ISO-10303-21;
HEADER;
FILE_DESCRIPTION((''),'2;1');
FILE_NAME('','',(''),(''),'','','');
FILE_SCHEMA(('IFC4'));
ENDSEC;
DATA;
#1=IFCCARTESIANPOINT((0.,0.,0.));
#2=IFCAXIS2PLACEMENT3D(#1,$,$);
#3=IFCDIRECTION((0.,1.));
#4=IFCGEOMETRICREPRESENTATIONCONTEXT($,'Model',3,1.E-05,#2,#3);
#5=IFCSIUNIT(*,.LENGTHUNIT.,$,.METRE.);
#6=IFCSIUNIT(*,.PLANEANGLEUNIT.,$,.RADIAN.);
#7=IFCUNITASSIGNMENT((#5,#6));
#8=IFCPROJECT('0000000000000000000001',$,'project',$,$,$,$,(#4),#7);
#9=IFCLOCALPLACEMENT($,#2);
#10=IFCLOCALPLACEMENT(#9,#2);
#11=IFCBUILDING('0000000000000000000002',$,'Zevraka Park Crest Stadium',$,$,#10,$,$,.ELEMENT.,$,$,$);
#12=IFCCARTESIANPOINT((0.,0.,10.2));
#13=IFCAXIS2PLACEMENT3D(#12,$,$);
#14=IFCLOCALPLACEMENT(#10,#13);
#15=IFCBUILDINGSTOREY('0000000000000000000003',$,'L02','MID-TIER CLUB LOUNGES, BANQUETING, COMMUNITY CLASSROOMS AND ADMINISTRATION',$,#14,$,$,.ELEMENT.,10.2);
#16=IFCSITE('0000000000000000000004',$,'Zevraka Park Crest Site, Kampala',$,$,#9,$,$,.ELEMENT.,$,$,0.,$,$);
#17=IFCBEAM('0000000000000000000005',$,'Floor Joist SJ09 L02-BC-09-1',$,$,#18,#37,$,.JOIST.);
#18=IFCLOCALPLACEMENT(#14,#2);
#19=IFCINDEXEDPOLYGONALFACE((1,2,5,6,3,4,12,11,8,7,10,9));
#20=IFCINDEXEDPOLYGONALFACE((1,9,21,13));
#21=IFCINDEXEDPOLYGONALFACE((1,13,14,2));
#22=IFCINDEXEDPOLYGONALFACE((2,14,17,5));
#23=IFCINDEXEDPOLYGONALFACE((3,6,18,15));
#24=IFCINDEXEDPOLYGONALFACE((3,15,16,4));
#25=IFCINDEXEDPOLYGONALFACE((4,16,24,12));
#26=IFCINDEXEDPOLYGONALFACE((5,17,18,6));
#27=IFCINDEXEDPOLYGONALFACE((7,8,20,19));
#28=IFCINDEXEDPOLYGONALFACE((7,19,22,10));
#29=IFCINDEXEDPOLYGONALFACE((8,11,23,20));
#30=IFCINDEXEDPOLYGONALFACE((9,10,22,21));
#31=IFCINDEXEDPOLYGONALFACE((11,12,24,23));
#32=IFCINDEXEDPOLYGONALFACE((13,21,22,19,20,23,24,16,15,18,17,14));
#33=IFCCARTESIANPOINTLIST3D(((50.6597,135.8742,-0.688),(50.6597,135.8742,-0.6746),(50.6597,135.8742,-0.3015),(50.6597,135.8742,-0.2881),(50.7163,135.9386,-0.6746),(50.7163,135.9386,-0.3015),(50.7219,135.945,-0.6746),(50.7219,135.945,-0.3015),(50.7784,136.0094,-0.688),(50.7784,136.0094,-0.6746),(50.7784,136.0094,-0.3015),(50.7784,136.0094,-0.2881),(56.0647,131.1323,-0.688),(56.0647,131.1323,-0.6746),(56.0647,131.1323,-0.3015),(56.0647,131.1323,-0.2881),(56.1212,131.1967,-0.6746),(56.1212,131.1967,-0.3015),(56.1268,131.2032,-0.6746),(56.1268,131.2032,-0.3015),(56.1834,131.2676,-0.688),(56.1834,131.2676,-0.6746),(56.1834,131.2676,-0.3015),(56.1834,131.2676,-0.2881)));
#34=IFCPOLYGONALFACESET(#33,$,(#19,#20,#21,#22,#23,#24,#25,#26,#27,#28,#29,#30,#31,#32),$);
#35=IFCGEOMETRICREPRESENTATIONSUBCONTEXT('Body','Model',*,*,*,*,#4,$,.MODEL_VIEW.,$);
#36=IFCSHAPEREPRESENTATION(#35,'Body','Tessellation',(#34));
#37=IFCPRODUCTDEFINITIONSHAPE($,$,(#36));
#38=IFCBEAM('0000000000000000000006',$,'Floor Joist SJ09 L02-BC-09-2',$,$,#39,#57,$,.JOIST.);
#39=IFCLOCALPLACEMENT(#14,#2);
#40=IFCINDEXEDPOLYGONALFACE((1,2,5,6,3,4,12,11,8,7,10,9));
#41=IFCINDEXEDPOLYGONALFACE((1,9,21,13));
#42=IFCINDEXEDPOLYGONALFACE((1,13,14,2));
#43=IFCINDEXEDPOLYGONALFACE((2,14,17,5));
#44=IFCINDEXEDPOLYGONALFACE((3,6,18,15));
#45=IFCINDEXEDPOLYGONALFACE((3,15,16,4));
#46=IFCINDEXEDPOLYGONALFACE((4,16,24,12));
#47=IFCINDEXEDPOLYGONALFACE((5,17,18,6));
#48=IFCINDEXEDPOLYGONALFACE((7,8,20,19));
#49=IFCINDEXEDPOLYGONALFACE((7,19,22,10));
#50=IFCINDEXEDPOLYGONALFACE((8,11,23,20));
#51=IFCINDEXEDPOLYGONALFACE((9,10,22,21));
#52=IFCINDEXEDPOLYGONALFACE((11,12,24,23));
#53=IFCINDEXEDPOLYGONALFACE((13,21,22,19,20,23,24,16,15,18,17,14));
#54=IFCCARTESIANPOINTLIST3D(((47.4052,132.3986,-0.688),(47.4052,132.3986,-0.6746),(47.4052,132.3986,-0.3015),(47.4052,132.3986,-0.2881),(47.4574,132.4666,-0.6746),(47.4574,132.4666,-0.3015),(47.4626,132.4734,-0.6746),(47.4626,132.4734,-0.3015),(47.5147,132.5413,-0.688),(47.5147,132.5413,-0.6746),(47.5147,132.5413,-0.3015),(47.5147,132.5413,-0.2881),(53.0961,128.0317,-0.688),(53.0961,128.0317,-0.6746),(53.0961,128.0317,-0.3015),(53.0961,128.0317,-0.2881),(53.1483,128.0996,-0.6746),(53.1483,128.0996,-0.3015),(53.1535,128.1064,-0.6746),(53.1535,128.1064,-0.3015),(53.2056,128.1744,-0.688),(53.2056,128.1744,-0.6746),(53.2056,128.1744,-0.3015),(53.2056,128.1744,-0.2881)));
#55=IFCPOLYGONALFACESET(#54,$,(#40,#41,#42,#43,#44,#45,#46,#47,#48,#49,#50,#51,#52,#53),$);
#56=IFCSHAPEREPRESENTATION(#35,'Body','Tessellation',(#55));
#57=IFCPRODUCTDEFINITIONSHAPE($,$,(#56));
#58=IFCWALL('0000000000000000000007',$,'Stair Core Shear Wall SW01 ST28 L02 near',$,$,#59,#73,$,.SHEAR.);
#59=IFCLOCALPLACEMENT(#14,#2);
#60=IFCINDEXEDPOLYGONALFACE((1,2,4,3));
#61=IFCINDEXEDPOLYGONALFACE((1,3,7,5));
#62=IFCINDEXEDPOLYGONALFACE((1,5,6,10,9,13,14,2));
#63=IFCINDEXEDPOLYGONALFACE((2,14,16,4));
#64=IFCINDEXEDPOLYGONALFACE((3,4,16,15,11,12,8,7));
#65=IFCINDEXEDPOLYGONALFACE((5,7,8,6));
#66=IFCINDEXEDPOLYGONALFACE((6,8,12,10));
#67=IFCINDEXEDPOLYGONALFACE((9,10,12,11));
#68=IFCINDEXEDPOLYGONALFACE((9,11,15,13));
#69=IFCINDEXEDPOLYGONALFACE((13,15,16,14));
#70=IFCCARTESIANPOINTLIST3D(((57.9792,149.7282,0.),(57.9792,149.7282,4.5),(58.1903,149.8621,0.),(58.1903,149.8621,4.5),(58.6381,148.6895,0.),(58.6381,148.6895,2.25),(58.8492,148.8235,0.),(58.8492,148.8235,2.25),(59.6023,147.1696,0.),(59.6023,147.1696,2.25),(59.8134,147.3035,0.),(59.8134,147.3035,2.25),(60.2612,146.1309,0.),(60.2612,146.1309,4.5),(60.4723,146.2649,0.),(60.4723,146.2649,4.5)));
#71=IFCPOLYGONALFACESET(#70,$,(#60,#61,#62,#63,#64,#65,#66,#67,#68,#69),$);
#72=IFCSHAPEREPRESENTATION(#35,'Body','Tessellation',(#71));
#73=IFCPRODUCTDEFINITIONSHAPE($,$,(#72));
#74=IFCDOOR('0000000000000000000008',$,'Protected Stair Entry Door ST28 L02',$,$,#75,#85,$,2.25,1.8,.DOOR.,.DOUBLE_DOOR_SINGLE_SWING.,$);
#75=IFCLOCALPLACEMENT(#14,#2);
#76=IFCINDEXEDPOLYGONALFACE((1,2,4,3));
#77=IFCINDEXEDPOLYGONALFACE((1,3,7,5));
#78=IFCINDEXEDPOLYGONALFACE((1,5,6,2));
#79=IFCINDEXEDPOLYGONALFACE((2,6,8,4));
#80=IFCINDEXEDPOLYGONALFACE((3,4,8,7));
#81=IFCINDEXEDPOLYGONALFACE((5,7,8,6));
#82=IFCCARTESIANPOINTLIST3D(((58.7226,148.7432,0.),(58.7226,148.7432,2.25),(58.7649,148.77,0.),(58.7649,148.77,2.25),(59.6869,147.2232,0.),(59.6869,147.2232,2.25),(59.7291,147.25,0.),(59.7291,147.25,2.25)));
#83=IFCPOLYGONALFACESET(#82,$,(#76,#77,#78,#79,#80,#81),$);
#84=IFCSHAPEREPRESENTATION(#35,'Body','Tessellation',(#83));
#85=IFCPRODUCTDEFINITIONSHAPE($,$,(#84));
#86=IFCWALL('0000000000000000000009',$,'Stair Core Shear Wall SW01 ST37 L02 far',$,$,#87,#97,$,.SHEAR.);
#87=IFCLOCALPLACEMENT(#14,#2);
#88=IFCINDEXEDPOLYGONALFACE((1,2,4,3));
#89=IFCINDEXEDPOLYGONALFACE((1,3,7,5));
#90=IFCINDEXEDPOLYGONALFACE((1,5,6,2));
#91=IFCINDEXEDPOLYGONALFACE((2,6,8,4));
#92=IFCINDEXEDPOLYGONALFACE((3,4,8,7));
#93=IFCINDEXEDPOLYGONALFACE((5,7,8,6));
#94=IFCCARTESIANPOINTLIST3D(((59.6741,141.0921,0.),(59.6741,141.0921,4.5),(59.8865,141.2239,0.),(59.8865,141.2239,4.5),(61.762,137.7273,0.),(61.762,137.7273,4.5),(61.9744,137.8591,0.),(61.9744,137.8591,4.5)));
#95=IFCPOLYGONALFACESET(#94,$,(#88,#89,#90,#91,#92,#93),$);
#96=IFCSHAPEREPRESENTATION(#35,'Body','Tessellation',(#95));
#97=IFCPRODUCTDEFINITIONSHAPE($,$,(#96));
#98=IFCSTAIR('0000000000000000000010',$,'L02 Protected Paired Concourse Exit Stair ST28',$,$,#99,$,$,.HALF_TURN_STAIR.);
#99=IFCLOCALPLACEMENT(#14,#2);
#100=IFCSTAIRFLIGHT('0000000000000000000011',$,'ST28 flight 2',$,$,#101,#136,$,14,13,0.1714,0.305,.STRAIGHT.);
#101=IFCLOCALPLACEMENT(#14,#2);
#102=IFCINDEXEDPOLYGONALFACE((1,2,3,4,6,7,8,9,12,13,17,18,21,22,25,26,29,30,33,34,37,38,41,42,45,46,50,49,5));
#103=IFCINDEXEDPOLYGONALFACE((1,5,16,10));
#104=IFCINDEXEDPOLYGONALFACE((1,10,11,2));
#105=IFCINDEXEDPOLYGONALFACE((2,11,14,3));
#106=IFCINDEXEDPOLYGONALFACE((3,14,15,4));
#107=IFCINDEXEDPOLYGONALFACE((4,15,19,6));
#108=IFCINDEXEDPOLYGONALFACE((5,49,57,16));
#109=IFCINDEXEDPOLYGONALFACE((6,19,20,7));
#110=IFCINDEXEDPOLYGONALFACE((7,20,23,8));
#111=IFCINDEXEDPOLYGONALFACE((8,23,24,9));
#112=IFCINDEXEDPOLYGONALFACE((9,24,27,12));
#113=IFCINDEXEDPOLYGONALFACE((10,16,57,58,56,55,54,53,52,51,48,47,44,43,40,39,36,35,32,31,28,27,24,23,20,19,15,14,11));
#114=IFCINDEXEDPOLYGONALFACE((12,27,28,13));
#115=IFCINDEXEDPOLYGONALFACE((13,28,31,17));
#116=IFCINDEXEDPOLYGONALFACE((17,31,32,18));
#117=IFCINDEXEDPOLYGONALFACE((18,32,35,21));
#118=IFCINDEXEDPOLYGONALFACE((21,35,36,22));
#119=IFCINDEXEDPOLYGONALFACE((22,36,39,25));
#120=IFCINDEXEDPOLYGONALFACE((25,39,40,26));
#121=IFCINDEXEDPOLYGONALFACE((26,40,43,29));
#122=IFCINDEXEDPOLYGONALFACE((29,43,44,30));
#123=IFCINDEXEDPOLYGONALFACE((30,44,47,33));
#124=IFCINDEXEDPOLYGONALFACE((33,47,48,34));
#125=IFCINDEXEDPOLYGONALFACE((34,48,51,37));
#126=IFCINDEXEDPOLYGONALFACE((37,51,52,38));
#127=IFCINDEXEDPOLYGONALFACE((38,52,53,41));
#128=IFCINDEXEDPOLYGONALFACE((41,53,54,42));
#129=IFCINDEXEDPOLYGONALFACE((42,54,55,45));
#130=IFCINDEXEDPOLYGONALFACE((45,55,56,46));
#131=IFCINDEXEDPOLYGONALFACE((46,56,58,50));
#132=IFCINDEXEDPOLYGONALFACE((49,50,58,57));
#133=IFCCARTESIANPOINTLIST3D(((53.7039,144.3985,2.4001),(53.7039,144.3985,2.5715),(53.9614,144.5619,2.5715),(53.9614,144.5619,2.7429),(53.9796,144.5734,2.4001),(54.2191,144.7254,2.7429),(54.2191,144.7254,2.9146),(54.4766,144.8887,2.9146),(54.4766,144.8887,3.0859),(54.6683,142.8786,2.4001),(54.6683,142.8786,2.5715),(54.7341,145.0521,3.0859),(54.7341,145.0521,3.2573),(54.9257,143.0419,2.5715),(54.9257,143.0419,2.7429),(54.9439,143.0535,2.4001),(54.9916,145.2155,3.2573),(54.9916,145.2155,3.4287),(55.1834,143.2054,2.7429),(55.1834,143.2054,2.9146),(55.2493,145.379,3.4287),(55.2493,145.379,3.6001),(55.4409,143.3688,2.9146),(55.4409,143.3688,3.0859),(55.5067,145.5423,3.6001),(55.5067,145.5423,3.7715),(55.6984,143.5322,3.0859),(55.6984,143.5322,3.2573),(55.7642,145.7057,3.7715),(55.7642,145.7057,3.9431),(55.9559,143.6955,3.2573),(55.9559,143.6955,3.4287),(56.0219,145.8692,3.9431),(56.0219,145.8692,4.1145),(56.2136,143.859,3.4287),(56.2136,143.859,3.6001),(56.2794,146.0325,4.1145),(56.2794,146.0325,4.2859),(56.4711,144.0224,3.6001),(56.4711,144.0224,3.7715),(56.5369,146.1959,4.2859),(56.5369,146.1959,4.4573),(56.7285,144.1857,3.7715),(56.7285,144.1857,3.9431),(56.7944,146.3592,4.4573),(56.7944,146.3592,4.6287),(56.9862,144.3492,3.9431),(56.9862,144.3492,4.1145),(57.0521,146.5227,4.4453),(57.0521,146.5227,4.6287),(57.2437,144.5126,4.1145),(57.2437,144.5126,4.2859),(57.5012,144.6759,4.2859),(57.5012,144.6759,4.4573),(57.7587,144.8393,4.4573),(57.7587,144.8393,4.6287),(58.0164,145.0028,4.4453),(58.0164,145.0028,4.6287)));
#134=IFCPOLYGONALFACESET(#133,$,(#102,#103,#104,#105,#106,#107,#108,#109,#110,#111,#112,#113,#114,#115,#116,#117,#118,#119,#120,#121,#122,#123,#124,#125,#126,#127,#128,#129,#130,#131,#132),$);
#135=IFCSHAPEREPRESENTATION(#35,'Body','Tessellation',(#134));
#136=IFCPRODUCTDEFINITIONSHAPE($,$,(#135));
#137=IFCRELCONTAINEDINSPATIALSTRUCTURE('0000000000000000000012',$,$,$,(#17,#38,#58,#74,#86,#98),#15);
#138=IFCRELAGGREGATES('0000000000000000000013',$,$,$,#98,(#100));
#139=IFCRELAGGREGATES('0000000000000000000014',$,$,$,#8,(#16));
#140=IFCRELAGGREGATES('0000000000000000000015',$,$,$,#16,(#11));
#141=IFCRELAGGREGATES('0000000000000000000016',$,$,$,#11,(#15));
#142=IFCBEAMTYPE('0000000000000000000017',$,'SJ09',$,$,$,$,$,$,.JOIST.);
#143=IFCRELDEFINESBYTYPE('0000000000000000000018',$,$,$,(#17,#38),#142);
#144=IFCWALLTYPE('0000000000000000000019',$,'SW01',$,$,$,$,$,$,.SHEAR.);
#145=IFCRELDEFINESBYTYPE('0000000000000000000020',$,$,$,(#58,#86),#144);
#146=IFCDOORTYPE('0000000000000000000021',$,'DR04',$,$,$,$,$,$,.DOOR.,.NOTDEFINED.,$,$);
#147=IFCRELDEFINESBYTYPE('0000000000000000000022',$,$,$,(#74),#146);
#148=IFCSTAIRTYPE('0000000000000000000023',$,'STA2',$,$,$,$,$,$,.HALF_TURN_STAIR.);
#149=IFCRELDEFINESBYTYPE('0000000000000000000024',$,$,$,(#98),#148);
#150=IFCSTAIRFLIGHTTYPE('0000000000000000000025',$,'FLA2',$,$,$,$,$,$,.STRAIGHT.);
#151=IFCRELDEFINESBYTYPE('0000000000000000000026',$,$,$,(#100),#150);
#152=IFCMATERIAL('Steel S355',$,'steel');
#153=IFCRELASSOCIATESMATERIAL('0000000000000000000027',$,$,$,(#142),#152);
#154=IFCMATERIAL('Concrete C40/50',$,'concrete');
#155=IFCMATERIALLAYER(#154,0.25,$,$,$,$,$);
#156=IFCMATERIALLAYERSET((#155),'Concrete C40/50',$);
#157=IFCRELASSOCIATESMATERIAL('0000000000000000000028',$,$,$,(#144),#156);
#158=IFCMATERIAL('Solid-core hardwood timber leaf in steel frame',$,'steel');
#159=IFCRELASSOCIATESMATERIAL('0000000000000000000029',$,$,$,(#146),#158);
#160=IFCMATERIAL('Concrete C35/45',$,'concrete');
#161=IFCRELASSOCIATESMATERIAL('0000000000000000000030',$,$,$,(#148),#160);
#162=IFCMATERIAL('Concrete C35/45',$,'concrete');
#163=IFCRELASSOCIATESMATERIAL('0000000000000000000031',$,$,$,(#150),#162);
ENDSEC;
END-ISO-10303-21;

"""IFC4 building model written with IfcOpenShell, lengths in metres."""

from ifc_helpers import new_model, si_unit, direction, frame, frame_2d, origin, origin_2d, place, context, subcontext, project, spatial, polyline, rectangle, i_section, outline, extrude, material, layer, layer_set, material_profile, profile_set, type_object, element, fill, aggregate, save


model = new_model("IFC4")

# Units and contexts
model_context = context("Model", 3, precision=1e-05, world=origin(), true_north=direction((0.0, 1.0)))
body_context = subcontext(model_context, "Body", "Model", "MODEL_VIEW")
ifc_project = project(units=[si_unit("LENGTHUNIT", "METRE"), si_unit("PLANEANGLEUNIT", "RADIAN")], contexts=[model_context])

# Site, building, storey
site_placement = place(None, origin())
site = spatial("IfcSite", under=ifc_project, at=site_placement, Name="Zevraka Park Crest Site, Kampala", CompositionType="ELEMENT", RefElevation=0.0)
building_placement = place(site_placement, origin())
building = spatial("IfcBuilding", under=site, at=building_placement, Name="Zevraka Park Crest Stadium", CompositionType="ELEMENT")
storey_placement = place(building_placement, frame((0.0, 0.0, 10.2)))
storey = spatial("IfcBuildingStorey", under=building, at=storey_placement, Name="L02", Description="MID-TIER CLUB LOUNGES, BANQUETING, COMMUNITY CLASSROOMS AND ADMINISTRATION", CompositionType="ELEMENT", Elevation=10.2)

# Beams
ifc_material_1 = material(Name="Steel S355", Category="steel")
ifc_material_profile_1 = material_profile(ifc_material_1, i_section(OverallWidth=0.1799, OverallDepth=0.3999, WebThickness=0.0085, FlangeThickness=0.0134, at=origin_2d()), Name="IPE 400")
ifc_profile_set_1 = profile_set([ifc_material_profile_1], Name="Steel S355")
beam_type_1 = type_object("IfcBeamType", Name="SJ09", PredefinedType="JOIST", material=ifc_profile_set_1)
beam_1_placement = place(storey_placement, frame((56.124, 131.2, -0.488), z_axis=(-0.751712, 0.659492, 0.0), x_axis=(-0.659492, -0.751712, 0.0)))
element("IfcBeam", 1, at=beam_1_placement, inside=storey, type_object=beam_type_1, Name="Floor Joist SJ09 L02-BC-09-1", PredefinedType="JOIST", context=body_context, shape_type="SweptSolid", body=[
    extrude(i_section(OverallWidth=0.1799, OverallDepth=0.3999, WebThickness=0.0085, FlangeThickness=0.0134, at=origin_2d()), origin(), (0.0, 0.0, 1.0), 7.1902),
])
beam_2_placement = place(storey_placement, frame((53.1509, 128.103, -0.488), z_axis=(-0.793343, 0.608774, 0.0), x_axis=(-0.608774, -0.793343, 0.0)))
element("IfcBeam", 2, at=beam_2_placement, inside=storey, type_object=beam_type_1, Name="Floor Joist SJ09 L02-BC-09-2", PredefinedType="JOIST", context=body_context, shape_type="SweptSolid", body=[
    extrude(i_section(OverallWidth=0.1799, OverallDepth=0.3999, WebThickness=0.0085, FlangeThickness=0.0134, at=origin_2d()), origin(), (0.0, 0.0, 1.0), 7.1733),
])

# Wall, opening, door
ifc_material_2 = material(Name="Concrete C40/50", Category="concrete")
ifc_layer = layer(ifc_material_2, 0.25)
ifc_layer_set = layer_set([ifc_layer], Name="Concrete C40/50")
wall_type = type_object("IfcWallType", Name="SW01", PredefinedType="SHEAR", material=ifc_layer_set)
wall_1_placement = place(storey_placement, frame((60.3667, 146.198, 0.0), z_axis=(0.0, 0.0, 1.0), x_axis=(-0.535685, 0.844418, 0.0)))
wall_1 = element("IfcWall", 3, at=wall_1_placement, inside=storey, type_object=wall_type, Name="Stair Core Shear Wall SW01 ST28 L02 near", PredefinedType="SHEAR", context=body_context, shape_type="SweptSolid", body=[
    extrude(rectangle(XDim=4.26, YDim=0.25, at=frame_2d((2.1299, 0.0))), origin(), (0.0, 0.0, 1.0), 4.5),
])
opening_placement = place(wall_1_placement, frame((1.23, 0.0, 0.0)))
opening = element("IfcOpeningElement", 4, at=opening_placement, cuts=wall_1, PredefinedType="OPENING", context=body_context, shape_type="SweptSolid", body=[
    extrude(rectangle(XDim=1.8, YDim=2.25, at=frame_2d((0.8999, 1.125))), frame((0.0, 0.135, 0.0), z_axis=(0.0, -1.0, 0.0), x_axis=(1.0, 0.0, 0.0)), (0.0, 0.0, 1.0), 0.27),
])
ifc_material_3 = material(Name="Solid-core hardwood timber leaf in steel frame", Category="steel")
door_type = type_object("IfcDoorType", Name="DR04", OperationType="NOTDEFINED", PredefinedType="DOOR", material=ifc_material_3)
door_placement = place(opening_placement, origin())
door = element("IfcDoor", 5, at=door_placement, inside=storey, type_object=door_type, Name="Protected Stair Entry Door ST28 L02", OperationType="DOUBLE_DOOR_SINGLE_SWING", OverallHeight=2.25, OverallWidth=1.8, PredefinedType="DOOR", context=body_context, shape_type="SweptSolid", body=[
    extrude(rectangle(XDim=1.8, YDim=2.25, at=frame_2d((0.8999, 1.125))), frame((0.0, 0.0249, 0.0), z_axis=(0.0, -1.0, 0.0), x_axis=(1.0, 0.0, 0.0)), (0.0, 0.0, 1.0), 0.05),
])
fill(opening, door)

# Wall
wall_2_placement = place(storey_placement, frame((59.7803, 141.158, 0.0), z_axis=(0.0, 0.0, 1.0), x_axis=(0.527258, -0.849705, 0.0)))
element("IfcWall", 6, at=wall_2_placement, inside=storey, type_object=wall_type, Name="Stair Core Shear Wall SW01 ST37 L02 far", PredefinedType="SHEAR", context=body_context, shape_type="SweptSolid", body=[
    extrude(rectangle(XDim=3.96, YDim=0.25, at=frame_2d((1.98, 0.0))), origin(), (0.0, 0.0, 1.0), 4.5),
])

# Stair, stair flight
ifc_material_4 = material(Name="Concrete C35/45", Category="concrete")
stair_type = type_object("IfcStairType", Name="STA2", PredefinedType="HALF_TURN_STAIR", material=ifc_material_4)
stair_placement = place(storey_placement, origin())
stair = element("IfcStair", 7, at=stair_placement, inside=storey, type_object=stair_type, Name="L02 Protected Paired Concourse Exit Stair ST28", PredefinedType="HALF_TURN_STAIR")
ifc_material_5 = material(Name="Concrete C35/45", Category="concrete")
stair_flight_type = type_object("IfcStairFlightType", Name="FLA2", PredefinedType="STRAIGHT", material=ifc_material_5)
stair_flight_placement = place(storey_placement, frame((54.186, 143.6387, 2.4001), z_axis=(0.0, 0.0, 1.0), x_axis=(0.844397, 0.535718, 0.0)))
stair_flight = element("IfcStairFlight", 8, at=stair_flight_placement, type_object=stair_flight_type, Name="ST28 flight 2", NumberOfRisers=14, NumberOfTreads=13, PredefinedType="STRAIGHT", RiserHeight=0.1714, TreadLength=0.305, context=body_context, shape_type="SweptSolid", body=[
    extrude(outline(polyline([(0.0, 0.0), (0.0, 0.1714), (0.3049, 0.1714), (0.3049, 0.3428), (0.6101, 0.3428), (0.6101, 0.5144), (0.915, 0.5144), (0.915, 0.6858), (1.22, 0.6858), (1.22, 0.8572), (1.5249, 0.8572), (1.5249, 1.0286), (1.8301, 1.0286), (1.8301, 1.2), (2.135, 1.2), (2.135, 1.3713), (2.4399, 1.3713), (2.4399, 1.543), (2.7451, 1.543), (2.7451, 1.7144), (3.05, 1.7144), (3.05, 1.8857), (3.355, 1.8857), (3.355, 2.0571), (3.6599, 2.0571), (3.6599, 2.2285), (3.9651, 2.2285), (3.9651, 2.3999), (3.9651, 2.0452), (0.3264, 0.0), (0.0, 0.0)])), frame((0.0, 0.8999, 0.0), z_axis=(0.0, -1.0, 0.0), x_axis=(1.0, 0.0, 0.0)), (0.0, 0.0, 1.0), 1.8),
])
aggregate(stair, [stair_flight])

save(model, "model.ifc")
